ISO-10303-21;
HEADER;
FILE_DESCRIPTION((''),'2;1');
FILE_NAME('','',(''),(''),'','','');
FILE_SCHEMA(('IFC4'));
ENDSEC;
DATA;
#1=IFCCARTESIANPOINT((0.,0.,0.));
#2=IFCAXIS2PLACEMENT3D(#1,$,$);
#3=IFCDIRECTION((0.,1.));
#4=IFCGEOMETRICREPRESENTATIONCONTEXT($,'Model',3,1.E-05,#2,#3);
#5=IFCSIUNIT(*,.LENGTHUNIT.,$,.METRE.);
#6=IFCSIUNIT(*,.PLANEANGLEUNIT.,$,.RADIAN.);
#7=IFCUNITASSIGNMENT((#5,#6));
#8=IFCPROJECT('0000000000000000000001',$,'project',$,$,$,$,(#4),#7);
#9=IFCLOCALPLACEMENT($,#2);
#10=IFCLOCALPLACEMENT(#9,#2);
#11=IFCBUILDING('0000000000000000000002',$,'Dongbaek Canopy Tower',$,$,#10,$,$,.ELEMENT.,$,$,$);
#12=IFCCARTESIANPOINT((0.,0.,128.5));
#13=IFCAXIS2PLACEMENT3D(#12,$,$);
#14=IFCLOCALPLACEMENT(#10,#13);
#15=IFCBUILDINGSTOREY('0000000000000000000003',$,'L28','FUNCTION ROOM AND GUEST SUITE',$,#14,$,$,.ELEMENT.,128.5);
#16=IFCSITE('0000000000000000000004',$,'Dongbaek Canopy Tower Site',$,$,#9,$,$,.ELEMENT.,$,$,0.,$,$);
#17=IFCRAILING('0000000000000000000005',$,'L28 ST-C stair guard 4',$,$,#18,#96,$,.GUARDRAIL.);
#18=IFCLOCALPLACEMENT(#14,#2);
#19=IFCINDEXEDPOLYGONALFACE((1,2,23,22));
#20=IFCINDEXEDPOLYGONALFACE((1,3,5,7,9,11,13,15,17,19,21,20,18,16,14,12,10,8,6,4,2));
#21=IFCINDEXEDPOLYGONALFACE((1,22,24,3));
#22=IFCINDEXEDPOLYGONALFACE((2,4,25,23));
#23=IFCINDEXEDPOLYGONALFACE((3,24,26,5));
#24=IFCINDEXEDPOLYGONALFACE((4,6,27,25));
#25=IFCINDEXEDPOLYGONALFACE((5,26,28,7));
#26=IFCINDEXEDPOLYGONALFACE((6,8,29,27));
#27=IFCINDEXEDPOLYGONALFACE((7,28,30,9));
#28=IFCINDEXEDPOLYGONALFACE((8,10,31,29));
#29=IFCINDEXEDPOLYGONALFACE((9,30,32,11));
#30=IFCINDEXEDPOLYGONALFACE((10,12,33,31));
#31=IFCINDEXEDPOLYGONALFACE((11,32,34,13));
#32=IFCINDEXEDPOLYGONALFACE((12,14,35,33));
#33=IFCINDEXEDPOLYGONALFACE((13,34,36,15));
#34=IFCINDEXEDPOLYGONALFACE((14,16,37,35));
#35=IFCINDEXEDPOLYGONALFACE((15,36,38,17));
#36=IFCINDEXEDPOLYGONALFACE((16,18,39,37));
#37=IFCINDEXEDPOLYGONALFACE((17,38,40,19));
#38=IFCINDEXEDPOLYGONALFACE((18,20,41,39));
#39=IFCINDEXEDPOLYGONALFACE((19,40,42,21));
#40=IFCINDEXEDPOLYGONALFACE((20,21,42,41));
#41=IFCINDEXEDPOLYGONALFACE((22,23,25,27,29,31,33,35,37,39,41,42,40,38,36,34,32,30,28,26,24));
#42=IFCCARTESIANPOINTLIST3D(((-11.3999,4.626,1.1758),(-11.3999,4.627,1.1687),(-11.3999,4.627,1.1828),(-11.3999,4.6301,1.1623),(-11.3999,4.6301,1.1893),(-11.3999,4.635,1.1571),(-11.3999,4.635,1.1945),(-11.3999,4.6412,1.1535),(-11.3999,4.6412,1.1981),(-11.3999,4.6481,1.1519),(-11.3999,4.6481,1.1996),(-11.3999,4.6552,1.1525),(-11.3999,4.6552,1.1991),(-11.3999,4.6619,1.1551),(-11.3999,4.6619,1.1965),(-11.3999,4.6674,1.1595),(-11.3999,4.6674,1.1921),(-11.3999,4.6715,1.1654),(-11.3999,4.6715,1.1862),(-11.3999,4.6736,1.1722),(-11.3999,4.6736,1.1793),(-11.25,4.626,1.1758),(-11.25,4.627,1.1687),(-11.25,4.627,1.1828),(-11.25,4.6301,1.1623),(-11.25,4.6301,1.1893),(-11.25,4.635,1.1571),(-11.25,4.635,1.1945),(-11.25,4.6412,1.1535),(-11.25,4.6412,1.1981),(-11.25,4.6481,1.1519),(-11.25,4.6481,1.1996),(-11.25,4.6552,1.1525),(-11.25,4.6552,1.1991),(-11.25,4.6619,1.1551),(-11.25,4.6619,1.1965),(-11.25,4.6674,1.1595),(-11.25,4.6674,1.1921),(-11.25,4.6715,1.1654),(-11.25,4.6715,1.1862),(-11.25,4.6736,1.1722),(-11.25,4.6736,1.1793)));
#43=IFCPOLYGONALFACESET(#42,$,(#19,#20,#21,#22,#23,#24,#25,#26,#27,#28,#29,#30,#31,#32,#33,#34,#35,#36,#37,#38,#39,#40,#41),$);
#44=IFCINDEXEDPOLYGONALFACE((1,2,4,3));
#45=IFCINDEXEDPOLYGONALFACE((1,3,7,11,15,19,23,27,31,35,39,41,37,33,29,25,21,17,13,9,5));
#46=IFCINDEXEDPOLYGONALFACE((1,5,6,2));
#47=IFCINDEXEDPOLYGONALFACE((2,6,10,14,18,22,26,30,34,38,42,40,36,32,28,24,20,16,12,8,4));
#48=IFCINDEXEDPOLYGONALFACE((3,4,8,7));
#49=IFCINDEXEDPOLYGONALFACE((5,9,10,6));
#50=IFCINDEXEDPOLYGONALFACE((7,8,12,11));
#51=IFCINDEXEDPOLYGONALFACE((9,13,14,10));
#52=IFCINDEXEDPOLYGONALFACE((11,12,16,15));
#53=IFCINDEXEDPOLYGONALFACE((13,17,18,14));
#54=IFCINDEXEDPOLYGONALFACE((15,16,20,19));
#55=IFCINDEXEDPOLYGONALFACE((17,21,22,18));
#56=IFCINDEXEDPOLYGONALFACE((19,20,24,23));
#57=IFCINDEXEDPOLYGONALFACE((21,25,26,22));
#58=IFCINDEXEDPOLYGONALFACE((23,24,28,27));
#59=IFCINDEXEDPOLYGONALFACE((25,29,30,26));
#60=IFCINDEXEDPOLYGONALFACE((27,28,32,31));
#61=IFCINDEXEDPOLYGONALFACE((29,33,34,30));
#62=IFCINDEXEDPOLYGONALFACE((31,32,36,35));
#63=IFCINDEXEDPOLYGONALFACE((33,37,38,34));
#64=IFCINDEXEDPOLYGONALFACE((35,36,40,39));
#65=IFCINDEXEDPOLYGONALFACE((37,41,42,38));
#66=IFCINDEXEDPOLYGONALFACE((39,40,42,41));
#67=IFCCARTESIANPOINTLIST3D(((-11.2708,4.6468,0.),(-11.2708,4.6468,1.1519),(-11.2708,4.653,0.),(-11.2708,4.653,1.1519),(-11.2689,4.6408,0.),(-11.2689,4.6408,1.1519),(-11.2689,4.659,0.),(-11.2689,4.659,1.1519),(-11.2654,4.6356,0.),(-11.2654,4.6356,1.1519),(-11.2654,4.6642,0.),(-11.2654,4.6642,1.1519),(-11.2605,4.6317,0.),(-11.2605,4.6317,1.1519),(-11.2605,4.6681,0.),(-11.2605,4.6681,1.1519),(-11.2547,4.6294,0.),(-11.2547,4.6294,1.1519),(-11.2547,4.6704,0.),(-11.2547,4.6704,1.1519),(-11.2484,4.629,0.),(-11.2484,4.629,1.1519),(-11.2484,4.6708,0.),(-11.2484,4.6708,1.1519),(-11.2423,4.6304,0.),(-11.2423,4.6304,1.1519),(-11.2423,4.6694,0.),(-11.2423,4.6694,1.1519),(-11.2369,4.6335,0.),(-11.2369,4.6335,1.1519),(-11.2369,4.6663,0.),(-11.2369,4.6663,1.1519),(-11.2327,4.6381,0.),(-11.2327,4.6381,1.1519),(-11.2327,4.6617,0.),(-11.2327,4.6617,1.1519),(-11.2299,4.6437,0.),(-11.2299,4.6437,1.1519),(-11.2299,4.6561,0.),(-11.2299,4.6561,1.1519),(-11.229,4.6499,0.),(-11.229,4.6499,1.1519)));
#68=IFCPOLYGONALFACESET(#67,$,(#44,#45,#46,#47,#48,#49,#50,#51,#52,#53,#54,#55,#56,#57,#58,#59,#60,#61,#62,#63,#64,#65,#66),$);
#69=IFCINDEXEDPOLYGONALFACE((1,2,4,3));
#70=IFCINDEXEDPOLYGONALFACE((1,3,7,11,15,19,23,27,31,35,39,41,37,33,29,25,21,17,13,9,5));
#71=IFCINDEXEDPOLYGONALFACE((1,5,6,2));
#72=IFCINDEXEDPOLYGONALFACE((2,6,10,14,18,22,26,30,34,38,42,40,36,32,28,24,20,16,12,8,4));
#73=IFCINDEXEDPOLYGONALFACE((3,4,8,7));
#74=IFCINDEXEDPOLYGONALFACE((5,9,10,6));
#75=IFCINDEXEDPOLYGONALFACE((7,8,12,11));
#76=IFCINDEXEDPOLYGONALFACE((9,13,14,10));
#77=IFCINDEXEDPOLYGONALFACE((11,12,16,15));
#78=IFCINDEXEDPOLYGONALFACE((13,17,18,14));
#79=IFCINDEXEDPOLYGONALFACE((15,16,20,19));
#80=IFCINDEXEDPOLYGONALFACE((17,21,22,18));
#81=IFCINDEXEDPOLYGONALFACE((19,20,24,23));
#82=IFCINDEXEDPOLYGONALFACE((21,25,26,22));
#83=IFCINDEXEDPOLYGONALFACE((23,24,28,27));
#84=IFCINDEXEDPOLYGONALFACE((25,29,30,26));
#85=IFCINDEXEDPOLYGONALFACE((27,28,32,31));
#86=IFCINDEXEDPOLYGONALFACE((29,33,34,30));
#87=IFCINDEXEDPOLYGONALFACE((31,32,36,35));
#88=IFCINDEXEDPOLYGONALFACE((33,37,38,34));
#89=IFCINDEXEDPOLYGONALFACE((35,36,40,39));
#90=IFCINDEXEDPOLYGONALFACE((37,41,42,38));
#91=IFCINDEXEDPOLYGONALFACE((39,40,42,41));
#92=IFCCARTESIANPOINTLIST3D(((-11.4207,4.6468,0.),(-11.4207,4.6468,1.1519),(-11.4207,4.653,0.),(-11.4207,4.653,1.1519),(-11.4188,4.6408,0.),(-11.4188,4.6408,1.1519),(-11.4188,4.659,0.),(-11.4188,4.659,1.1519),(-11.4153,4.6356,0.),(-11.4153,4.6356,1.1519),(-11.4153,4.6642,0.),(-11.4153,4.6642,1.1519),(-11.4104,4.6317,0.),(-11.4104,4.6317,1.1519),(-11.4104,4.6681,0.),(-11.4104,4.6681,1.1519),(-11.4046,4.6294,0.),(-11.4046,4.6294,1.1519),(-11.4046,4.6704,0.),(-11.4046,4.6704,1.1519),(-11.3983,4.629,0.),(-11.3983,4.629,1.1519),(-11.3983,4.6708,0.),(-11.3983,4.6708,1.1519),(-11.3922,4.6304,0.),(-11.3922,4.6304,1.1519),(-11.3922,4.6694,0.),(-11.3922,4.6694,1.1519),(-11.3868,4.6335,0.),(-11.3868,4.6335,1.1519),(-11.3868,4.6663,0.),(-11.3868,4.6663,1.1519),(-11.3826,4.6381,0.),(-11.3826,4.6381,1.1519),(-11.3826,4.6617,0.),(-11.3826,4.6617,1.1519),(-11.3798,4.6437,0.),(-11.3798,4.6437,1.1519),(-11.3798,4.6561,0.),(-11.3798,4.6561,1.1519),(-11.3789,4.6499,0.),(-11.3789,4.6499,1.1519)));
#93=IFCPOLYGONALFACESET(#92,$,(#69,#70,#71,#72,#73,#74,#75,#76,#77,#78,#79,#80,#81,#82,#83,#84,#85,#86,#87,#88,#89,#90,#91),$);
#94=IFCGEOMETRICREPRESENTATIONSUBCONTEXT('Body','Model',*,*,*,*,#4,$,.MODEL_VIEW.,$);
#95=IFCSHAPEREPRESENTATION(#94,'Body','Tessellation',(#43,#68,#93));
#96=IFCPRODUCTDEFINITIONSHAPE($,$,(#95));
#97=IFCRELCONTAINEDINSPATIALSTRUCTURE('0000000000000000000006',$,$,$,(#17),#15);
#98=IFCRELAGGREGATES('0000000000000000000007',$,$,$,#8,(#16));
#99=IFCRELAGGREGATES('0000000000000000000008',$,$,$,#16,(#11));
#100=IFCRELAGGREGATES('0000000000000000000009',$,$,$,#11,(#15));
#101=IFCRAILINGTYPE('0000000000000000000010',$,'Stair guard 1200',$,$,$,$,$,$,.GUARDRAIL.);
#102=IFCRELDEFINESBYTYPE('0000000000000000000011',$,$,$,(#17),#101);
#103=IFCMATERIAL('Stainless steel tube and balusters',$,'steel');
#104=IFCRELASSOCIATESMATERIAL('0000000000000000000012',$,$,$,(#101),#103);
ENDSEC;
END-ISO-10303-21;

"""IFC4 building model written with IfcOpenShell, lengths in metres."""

from ifc_helpers import new_model, si_unit, direction, frame, origin, origin_2d, place, context, subcontext, project, spatial, circle, extrude, material, type_object, element, save


model = new_model("IFC4")

# Units and contexts
model_context = context("Model", 3, precision=1e-05, world=origin(), true_north=direction((0.0, 1.0)))
body_context = subcontext(model_context, "Body", "Model", "MODEL_VIEW")
ifc_project = project(units=[si_unit("LENGTHUNIT", "METRE"), si_unit("PLANEANGLEUNIT", "RADIAN")], contexts=[model_context])

# Site, building, storey
site_placement = place(None, origin())
site = spatial("IfcSite", under=ifc_project, at=site_placement, Name="Dongbaek Canopy Tower Site", CompositionType="ELEMENT", RefElevation=0.0)
building_placement = place(site_placement, origin())
building = spatial("IfcBuilding", under=site, at=building_placement, Name="Dongbaek Canopy Tower", CompositionType="ELEMENT")
storey_placement = place(building_placement, frame((0.0, 0.0, 128.5)))
storey = spatial("IfcBuildingStorey", under=building, at=storey_placement, Name="L28", Description="FUNCTION ROOM AND GUEST SUITE", CompositionType="ELEMENT", Elevation=128.5)

# Railing
ifc_material_1 = material(Name="Stainless steel tube and balusters", Category="steel")
railing_type_1 = type_object("IfcRailingType", Name="Stair guard 1200", PredefinedType="GUARDRAIL", material=ifc_material_1)
railing_1_placement = place(storey_placement, frame((-11.25, 4.6499, 0.0)))
element("IfcRailing", 1, at=railing_1_placement, inside=storey, type_object=railing_type_1, Name="L28 ST-C stair guard 4", PredefinedType="GUARDRAIL", context=body_context, shape_type="SweptSolid", body=[
    extrude(circle(Radius=0.0239, at=origin_2d()), frame((0.0, 0.0, 1.1758), z_axis=(-1.0, 0.0, 0.0), x_axis=(0.0, -1.0, 0.0)), (0.0, 0.0, 1.0), 0.1499),
    extrude(circle(Radius=0.021, at=origin_2d()), origin(), (0.0, 0.0, 1.0), 1.1519),
    extrude(circle(Radius=0.021, at=origin_2d()), frame((-0.1499, 0.0, 0.0)), (0.0, 0.0, 1.0), 1.1519),
])

save(model, "model.ifc")
